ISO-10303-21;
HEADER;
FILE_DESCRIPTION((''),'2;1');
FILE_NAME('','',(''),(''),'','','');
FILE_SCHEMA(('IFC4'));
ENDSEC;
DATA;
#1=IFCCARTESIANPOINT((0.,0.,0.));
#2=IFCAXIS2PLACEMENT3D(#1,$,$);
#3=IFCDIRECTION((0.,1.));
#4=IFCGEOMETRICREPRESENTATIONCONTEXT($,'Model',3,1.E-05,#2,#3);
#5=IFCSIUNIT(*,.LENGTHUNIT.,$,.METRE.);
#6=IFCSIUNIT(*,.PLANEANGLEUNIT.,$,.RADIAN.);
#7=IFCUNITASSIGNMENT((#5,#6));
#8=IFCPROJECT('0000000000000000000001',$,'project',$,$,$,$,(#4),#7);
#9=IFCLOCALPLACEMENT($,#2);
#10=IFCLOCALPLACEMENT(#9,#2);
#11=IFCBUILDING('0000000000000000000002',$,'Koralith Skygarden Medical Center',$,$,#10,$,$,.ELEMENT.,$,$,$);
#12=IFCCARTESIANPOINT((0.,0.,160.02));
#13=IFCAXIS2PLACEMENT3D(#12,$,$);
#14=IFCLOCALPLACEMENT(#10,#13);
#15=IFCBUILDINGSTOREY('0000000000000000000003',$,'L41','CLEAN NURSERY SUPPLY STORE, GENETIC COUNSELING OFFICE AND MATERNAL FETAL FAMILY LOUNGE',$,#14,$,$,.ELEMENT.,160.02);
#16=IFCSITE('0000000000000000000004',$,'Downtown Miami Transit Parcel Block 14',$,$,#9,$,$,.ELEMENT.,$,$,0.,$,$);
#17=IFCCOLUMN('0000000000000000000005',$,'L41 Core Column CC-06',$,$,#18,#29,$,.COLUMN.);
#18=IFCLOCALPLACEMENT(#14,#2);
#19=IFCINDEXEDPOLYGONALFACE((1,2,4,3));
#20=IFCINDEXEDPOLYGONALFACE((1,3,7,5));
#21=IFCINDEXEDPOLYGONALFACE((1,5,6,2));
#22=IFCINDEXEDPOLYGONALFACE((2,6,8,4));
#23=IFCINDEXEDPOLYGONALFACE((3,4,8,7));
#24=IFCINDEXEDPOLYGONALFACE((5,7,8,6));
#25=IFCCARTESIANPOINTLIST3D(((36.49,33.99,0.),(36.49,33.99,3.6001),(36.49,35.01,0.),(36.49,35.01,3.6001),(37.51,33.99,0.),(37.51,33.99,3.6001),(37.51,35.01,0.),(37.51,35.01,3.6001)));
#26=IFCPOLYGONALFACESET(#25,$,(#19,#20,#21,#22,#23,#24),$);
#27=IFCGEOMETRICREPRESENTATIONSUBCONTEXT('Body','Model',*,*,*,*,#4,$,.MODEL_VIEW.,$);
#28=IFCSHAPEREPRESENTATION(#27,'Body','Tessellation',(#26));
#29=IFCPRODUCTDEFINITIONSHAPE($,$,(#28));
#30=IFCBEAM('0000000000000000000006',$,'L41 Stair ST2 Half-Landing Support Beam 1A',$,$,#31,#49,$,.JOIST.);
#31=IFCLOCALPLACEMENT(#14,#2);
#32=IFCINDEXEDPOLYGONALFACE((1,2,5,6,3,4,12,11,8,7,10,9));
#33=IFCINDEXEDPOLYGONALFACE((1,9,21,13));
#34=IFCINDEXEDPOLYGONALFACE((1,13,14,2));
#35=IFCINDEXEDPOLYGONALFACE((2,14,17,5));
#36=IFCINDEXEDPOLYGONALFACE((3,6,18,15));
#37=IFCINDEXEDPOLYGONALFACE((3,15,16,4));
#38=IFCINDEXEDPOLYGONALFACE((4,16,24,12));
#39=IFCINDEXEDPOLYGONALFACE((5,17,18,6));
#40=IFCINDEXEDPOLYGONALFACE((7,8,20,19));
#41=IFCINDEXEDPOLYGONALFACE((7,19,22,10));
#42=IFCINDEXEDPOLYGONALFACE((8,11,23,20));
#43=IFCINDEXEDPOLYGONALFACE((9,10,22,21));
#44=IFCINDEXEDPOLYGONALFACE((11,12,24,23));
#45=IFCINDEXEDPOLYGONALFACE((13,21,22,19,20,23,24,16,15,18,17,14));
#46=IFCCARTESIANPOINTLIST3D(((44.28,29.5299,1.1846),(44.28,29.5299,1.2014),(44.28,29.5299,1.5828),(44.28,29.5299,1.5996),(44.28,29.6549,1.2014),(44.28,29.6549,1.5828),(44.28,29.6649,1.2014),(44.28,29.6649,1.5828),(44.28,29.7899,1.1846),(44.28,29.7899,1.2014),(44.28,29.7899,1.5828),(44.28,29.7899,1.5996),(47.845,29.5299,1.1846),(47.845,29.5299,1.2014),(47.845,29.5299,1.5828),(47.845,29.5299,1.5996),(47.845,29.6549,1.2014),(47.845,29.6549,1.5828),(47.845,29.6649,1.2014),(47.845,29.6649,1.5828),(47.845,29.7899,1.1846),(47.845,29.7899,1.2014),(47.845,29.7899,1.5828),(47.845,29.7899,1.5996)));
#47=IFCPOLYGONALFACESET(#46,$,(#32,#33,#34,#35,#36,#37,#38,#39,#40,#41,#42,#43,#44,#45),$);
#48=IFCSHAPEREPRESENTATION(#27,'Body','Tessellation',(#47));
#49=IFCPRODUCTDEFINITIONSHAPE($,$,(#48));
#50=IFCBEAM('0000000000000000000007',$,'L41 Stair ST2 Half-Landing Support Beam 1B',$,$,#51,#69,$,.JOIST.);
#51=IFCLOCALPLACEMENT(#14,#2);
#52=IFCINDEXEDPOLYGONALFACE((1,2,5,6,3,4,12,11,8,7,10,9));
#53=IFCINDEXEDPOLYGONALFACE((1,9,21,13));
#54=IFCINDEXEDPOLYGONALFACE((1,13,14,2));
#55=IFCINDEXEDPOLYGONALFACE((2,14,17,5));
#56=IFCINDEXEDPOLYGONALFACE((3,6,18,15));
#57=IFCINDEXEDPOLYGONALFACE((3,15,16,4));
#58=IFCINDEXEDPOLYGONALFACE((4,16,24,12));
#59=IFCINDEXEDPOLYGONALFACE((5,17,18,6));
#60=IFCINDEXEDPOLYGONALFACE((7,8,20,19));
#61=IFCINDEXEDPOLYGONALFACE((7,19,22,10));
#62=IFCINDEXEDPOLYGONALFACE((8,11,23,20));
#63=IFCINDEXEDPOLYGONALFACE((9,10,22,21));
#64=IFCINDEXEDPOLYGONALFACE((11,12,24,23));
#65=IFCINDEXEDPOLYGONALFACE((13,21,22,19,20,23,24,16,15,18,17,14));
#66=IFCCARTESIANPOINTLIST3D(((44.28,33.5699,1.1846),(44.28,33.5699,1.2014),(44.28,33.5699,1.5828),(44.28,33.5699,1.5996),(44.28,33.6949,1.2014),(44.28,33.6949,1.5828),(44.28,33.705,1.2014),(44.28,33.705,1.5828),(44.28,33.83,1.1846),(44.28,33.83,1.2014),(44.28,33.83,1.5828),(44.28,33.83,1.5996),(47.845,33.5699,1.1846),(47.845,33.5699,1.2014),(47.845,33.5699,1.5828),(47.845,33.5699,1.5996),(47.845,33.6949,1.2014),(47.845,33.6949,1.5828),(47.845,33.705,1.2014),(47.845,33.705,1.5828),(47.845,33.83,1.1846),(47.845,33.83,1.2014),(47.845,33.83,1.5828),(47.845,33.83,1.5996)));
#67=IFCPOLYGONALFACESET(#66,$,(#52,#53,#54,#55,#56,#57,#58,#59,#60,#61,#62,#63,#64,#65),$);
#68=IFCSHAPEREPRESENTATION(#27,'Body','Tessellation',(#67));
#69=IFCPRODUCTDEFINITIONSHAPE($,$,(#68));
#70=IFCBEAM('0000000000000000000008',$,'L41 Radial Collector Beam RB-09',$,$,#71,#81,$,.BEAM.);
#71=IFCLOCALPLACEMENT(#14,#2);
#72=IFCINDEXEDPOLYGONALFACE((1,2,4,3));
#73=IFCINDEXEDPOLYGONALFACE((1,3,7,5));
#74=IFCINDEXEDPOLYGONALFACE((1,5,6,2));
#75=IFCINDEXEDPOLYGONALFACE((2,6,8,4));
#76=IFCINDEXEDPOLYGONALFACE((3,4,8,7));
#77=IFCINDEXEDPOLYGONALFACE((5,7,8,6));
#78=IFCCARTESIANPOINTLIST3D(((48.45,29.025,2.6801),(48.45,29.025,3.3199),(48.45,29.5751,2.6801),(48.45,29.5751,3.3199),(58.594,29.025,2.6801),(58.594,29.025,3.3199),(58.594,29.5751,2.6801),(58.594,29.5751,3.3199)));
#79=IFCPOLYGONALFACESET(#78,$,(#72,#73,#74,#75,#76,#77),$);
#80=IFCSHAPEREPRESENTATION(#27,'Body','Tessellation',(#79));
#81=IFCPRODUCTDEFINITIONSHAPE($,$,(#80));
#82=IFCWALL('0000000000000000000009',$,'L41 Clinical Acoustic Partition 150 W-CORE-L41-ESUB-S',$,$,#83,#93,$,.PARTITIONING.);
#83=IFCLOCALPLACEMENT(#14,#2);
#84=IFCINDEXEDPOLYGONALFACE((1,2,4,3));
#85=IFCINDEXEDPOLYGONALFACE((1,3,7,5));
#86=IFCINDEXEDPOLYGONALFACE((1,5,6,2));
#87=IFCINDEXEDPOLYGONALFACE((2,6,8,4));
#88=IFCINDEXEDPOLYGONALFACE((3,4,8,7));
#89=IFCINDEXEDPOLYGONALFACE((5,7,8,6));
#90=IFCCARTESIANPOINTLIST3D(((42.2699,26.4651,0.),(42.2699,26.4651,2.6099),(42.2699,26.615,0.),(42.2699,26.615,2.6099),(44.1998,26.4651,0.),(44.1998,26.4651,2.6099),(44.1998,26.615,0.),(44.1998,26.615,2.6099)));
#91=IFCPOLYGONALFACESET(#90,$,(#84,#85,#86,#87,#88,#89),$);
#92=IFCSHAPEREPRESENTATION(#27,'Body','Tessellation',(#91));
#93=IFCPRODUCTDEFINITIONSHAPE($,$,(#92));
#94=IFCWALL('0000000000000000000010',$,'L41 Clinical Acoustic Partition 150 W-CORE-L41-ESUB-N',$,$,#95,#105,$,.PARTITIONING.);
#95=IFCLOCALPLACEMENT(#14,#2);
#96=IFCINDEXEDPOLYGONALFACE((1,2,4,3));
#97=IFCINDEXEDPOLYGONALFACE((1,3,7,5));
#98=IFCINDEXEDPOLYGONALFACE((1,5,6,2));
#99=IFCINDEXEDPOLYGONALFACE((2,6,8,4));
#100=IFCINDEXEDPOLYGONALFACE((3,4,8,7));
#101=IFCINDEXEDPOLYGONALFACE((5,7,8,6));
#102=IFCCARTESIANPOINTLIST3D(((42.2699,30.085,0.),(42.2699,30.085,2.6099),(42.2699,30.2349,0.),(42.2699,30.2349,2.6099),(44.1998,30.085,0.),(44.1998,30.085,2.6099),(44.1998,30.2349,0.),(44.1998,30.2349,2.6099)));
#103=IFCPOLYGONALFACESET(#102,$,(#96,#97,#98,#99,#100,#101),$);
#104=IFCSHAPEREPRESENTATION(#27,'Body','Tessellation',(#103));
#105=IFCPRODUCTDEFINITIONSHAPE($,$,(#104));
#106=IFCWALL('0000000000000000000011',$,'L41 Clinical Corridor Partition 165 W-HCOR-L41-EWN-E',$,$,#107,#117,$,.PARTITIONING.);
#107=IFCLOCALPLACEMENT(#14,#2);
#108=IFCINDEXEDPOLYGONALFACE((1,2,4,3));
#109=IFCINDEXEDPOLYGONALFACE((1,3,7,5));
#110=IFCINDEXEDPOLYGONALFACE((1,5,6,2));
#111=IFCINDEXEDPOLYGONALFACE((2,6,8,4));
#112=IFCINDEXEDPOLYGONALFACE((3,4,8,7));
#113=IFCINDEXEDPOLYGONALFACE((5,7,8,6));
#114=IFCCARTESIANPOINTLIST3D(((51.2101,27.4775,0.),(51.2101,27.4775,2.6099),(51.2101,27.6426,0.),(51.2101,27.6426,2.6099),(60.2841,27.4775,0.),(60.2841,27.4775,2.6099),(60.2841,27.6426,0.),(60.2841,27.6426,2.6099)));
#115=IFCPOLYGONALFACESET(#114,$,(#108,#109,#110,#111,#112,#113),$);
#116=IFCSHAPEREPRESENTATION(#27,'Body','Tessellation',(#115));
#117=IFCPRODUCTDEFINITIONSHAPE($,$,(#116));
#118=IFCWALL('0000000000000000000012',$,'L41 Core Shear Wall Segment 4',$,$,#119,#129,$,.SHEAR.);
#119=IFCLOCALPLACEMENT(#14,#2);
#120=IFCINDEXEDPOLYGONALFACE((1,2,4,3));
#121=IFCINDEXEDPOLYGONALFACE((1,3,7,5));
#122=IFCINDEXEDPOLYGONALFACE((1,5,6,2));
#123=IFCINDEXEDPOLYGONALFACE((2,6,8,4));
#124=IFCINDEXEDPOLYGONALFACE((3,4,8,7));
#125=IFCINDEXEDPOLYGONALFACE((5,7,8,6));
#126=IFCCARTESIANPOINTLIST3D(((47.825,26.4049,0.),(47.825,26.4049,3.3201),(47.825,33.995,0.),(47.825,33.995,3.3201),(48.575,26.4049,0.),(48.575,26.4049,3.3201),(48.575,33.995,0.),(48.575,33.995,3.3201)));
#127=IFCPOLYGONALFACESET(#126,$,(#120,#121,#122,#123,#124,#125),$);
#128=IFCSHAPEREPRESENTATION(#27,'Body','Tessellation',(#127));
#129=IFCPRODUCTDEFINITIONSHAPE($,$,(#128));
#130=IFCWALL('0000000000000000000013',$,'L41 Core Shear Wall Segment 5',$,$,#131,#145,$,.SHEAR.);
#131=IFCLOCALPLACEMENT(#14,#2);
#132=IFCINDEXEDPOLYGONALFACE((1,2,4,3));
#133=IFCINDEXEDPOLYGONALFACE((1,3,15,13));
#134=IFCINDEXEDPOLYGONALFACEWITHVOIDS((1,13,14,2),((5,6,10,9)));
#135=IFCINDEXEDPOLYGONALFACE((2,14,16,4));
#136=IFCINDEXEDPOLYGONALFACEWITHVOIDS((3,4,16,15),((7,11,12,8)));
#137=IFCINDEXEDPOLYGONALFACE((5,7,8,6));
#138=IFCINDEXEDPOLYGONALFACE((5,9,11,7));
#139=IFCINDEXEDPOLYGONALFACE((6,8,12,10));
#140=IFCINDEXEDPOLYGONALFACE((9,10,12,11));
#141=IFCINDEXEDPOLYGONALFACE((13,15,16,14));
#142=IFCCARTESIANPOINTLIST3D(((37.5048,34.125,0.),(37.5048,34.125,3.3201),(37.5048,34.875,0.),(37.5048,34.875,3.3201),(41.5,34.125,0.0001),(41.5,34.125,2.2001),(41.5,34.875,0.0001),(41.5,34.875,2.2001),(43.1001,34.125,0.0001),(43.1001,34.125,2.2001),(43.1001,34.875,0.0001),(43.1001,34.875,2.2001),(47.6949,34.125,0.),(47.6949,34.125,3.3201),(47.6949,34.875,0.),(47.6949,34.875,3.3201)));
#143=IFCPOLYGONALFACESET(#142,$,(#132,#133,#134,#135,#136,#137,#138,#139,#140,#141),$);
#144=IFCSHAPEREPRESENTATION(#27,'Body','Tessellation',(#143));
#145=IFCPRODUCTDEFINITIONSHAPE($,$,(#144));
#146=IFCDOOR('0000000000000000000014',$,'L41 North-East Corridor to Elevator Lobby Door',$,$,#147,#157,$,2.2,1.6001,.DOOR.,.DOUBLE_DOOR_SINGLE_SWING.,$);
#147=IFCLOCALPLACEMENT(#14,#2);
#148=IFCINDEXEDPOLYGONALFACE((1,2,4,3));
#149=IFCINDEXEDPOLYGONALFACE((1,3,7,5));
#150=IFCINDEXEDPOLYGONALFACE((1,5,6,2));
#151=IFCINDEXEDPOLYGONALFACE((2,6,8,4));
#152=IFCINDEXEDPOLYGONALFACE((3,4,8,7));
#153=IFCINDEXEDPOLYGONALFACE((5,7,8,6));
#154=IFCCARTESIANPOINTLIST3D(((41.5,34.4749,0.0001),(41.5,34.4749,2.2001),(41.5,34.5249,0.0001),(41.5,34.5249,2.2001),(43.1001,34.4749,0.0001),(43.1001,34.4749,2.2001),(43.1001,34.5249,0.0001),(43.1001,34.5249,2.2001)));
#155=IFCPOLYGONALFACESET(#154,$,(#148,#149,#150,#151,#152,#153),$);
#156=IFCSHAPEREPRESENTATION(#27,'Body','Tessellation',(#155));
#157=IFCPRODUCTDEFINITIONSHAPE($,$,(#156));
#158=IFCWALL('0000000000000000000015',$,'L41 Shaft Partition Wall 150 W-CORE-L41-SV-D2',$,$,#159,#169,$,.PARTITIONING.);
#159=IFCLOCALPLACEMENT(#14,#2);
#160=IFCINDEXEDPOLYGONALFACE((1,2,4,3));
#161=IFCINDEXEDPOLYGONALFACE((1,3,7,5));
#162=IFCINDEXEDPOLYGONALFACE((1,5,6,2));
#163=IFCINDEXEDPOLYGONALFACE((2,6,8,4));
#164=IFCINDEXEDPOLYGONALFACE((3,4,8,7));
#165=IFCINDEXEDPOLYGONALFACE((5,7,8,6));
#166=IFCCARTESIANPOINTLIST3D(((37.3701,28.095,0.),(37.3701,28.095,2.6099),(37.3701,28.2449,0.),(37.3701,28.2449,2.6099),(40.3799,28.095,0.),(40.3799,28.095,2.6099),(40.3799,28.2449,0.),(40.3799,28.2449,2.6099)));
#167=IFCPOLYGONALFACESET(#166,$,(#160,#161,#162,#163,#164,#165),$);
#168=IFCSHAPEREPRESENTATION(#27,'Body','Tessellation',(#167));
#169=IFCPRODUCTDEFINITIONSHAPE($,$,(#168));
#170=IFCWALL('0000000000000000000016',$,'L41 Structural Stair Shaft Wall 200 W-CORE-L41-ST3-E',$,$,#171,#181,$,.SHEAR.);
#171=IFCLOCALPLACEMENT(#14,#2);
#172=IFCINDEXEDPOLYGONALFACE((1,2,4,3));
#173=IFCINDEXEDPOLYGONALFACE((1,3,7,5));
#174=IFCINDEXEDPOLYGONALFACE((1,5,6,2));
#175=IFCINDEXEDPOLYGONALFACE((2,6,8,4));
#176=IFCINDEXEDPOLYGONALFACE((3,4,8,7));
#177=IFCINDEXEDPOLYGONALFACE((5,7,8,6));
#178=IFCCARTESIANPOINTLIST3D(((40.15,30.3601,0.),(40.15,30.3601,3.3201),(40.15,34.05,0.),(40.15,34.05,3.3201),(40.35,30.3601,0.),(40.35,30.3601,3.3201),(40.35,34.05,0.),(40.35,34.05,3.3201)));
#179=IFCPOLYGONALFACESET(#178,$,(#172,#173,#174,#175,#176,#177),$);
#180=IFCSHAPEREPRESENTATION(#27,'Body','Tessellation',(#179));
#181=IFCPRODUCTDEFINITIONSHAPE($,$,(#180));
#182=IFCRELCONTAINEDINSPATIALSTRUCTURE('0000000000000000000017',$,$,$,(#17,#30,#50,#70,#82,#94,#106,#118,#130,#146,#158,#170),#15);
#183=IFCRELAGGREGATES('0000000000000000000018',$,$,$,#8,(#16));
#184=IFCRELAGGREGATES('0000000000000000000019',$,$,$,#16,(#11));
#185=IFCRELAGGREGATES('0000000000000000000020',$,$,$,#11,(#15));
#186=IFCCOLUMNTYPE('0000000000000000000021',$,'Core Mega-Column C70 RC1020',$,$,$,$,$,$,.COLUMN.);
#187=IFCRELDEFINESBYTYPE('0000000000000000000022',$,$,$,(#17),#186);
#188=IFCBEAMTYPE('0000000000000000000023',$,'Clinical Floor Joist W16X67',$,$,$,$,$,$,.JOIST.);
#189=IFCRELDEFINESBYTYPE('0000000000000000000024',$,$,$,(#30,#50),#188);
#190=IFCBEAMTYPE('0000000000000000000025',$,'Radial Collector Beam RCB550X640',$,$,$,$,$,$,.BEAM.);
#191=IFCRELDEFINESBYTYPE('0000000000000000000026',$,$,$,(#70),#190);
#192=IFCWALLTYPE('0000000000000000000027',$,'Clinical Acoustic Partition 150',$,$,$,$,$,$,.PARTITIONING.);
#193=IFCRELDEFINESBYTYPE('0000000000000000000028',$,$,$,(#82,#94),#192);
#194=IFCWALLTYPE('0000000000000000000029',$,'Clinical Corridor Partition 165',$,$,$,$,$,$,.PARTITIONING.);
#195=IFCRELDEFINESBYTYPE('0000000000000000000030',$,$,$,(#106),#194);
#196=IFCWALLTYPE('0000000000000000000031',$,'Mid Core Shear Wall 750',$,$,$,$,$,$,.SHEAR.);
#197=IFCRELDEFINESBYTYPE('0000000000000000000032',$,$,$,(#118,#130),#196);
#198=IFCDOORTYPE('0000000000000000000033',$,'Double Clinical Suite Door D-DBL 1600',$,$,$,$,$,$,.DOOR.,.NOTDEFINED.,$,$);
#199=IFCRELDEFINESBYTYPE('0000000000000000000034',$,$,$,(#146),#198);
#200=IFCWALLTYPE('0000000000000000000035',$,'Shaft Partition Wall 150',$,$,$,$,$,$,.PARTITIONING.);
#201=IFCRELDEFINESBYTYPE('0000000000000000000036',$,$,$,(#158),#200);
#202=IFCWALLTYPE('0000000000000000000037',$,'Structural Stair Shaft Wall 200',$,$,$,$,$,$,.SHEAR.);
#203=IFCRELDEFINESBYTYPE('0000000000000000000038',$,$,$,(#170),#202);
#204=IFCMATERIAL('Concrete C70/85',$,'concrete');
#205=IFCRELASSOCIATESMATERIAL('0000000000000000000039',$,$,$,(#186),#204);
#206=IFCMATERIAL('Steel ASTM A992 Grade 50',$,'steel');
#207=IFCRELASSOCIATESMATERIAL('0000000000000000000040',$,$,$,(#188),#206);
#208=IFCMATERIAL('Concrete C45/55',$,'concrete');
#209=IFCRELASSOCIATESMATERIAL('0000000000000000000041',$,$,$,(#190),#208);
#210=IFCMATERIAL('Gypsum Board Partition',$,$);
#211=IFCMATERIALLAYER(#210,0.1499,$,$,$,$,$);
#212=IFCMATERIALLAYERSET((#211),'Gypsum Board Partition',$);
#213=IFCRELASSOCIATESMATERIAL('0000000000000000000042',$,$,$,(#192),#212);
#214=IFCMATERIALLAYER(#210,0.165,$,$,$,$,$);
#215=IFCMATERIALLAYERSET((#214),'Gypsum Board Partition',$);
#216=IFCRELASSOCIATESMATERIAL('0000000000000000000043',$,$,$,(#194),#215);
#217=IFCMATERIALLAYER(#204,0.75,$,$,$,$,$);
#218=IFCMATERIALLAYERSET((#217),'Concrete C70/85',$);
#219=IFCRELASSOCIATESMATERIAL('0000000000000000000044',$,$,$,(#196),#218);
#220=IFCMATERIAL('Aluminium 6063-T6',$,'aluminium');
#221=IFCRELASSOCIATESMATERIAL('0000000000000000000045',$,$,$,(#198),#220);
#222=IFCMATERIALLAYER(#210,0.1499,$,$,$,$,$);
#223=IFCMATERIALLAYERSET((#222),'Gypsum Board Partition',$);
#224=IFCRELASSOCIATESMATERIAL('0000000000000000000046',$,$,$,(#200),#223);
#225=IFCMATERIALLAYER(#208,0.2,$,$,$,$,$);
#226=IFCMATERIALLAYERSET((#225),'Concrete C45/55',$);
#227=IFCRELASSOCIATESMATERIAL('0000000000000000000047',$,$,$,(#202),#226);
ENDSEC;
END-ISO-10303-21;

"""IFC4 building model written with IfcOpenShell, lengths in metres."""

from ifc_helpers import new_model, si_unit, direction, frame, frame_2d, origin, origin_2d, place, context, subcontext, project, spatial, rectangle, i_section, extrude, material, layer, layer_set, material_profile, profile_set, type_object, element, fill, save


model = new_model("IFC4")

# Units and contexts
model_context = context("Model", 3, precision=1e-05, world=origin(), true_north=direction((0.0, 1.0)))
body_context = subcontext(model_context, "Body", "Model", "MODEL_VIEW")
ifc_project = project(units=[si_unit("LENGTHUNIT", "METRE"), si_unit("PLANEANGLEUNIT", "RADIAN")], contexts=[model_context])

# Site, building, storey
site_placement = place(None, origin())
site = spatial("IfcSite", under=ifc_project, at=site_placement, Name="Downtown Miami Transit Parcel Block 14", CompositionType="ELEMENT", RefElevation=0.0)
building_placement = place(site_placement, origin())
building = spatial("IfcBuilding", under=site, at=building_placement, Name="Koralith Skygarden Medical Center", CompositionType="ELEMENT")
storey_placement = place(building_placement, frame((0.0, 0.0, 160.02)))
storey = spatial("IfcBuildingStorey", under=building, at=storey_placement, Name="L41", Description="CLEAN NURSERY SUPPLY STORE, GENETIC COUNSELING OFFICE AND MATERNAL FETAL FAMILY LOUNGE", CompositionType="ELEMENT", Elevation=160.02)

# Column
ifc_material_1 = material(Name="Concrete C70/85", Category="concrete")
ifc_material_profile_1 = material_profile(ifc_material_1, rectangle(XDim=1.02, YDim=1.02, at=origin_2d()), Name="RC1020X1020")
ifc_profile_set_1 = profile_set([ifc_material_profile_1], Name="Concrete C70/85")
column_type = type_object("IfcColumnType", Name="Core Mega-Column C70 RC1020", PredefinedType="COLUMN", material=ifc_profile_set_1)
column_placement = place(storey_placement, frame((37.0, 34.5, 0.0), z_axis=(0.0, 0.0, 1.0), x_axis=(1.0, 0.0, 0.0)))
element("IfcColumn", 1, at=column_placement, inside=storey, type_object=column_type, Name="L41 Core Column CC-06", PredefinedType="COLUMN", context=body_context, shape_type="SweptSolid", body=[
    extrude(rectangle(XDim=1.02, YDim=1.02, at=origin_2d()), origin(), (0.0, 0.0, 1.0), 3.6001),
])

# Beams
ifc_material_2 = material(Name="Steel ASTM A992 Grade 50", Category="steel")
ifc_material_profile_2 = material_profile(ifc_material_2, i_section(OverallWidth=0.26, OverallDepth=0.415, WebThickness=0.01, FlangeThickness=0.0168, at=origin_2d()), Name="W16X67")
ifc_profile_set_2 = profile_set([ifc_material_profile_2], Name="Steel ASTM A992 Grade 50")
beam_type_1 = type_object("IfcBeamType", Name="Clinical Floor Joist W16X67", PredefinedType="JOIST", material=ifc_profile_set_2)
for number, where, z_axis, x_axis, name in (
    (2, (44.28, 29.6599, 1.3921), (1.0, 0.0, 0.0), (0.0, 1.0, 0.0), "L41 Stair ST2 Half-Landing Support Beam 1A"),
    (3, (44.28, 33.7, 1.3921), (1.0, 0.0, 0.0), (0.0, 1.0, 0.0), "L41 Stair ST2 Half-Landing Support Beam 1B"),
):
    element("IfcBeam", number, at=place(storey_placement, frame(where, z_axis=z_axis, x_axis=x_axis)), inside=storey, type_object=beam_type_1, Name=name, PredefinedType="JOIST", context=body_context, shape_type="SweptSolid", body=[
        extrude(i_section(OverallWidth=0.26, OverallDepth=0.415, WebThickness=0.01, FlangeThickness=0.0168, at=origin_2d()), origin(), (0.0, 0.0, 1.0), 3.5649),
    ])
ifc_material_3 = material(Name="Concrete C45/55", Category="concrete")
ifc_material_profile_3 = material_profile(ifc_material_3, rectangle(XDim=0.55, YDim=0.6399, at=origin_2d()), Name="RCB550X640")
ifc_profile_set_3 = profile_set([ifc_material_profile_3], Name="Concrete C45/55")
beam_type_2 = type_object("IfcBeamType", Name="Radial Collector Beam RCB550X640", PredefinedType="BEAM", material=ifc_profile_set_3)
beam_placement = place(storey_placement, frame((48.45, 29.3, 3.0), z_axis=(1.0, 0.0, 0.0), x_axis=(0.0, 1.0, 0.0)))
element("IfcBeam", 4, at=beam_placement, inside=storey, type_object=beam_type_2, Name="L41 Radial Collector Beam RB-09", PredefinedType="BEAM", context=body_context, shape_type="SweptSolid", body=[
    extrude(rectangle(XDim=0.55, YDim=0.6399, at=origin_2d()), origin(), (0.0, 0.0, 1.0), 10.144),
])

# Shared definitions
ifc_material_4 = material(Name="Gypsum Board Partition")
ifc_layer_1 = layer(ifc_material_4, 0.1499)
ifc_layer_set_1 = layer_set([ifc_layer_1], Name="Gypsum Board Partition")
wall_type_1 = type_object("IfcWallType", Name="Clinical Acoustic Partition 150", PredefinedType="PARTITIONING", material=ifc_layer_set_1)
ifc_material_5 = material(Name="Aluminium 6063-T6", Category="aluminium")

# Walls
for number, where, z_axis, x_axis, name in (
    (5, (42.27, 26.54, 0.0), (0.0, 0.0, 1.0), (1.0, 0.0, 0.0), "L41 Clinical Acoustic Partition 150 W-CORE-L41-ESUB-S"),
    (6, (42.27, 30.1599, 0.0), (0.0, 0.0, 1.0), (1.0, 0.0, 0.0), "L41 Clinical Acoustic Partition 150 W-CORE-L41-ESUB-N"),
):
    element("IfcWall", number, at=place(storey_placement, frame(where, z_axis=z_axis, x_axis=x_axis)), inside=storey, type_object=wall_type_1, Name=name, PredefinedType="PARTITIONING", context=body_context, shape_type="SweptSolid", body=[
        extrude(rectangle(XDim=1.9299, YDim=0.1499, at=frame_2d((0.9648, 0.0))), origin(), (0.0, 0.0, 1.0), 2.6099),
    ])
ifc_layer_2 = layer(ifc_material_4, 0.165)
ifc_layer_set_2 = layer_set([ifc_layer_2], Name="Gypsum Board Partition")
wall_type_2 = type_object("IfcWallType", Name="Clinical Corridor Partition 165", PredefinedType="PARTITIONING", material=ifc_layer_set_2)
wall_1_placement = place(storey_placement, frame((51.21, 27.5601, 0.0), z_axis=(0.0, 0.0, 1.0), x_axis=(1.0, 0.0, 0.0)))
element("IfcWall", 7, at=wall_1_placement, inside=storey, type_object=wall_type_2, Name="L41 Clinical Corridor Partition 165 W-HCOR-L41-EWN-E", PredefinedType="PARTITIONING", context=body_context, shape_type="SweptSolid", body=[
    extrude(rectangle(XDim=9.074, YDim=0.165, at=frame_2d((4.5371, 0.0))), origin(), (0.0, 0.0, 1.0), 2.6099),
])
ifc_layer_3 = layer(ifc_material_1, 0.75)
ifc_layer_set_3 = layer_set([ifc_layer_3], Name="Concrete C70/85")
wall_type_3 = type_object("IfcWallType", Name="Mid Core Shear Wall 750", PredefinedType="SHEAR", material=ifc_layer_set_3)
wall_2_placement = place(storey_placement, frame((48.2, 26.405, 0.0), z_axis=(0.0, 0.0, 1.0), x_axis=(0.0, 1.0, 0.0)))
element("IfcWall", 8, at=wall_2_placement, inside=storey, type_object=wall_type_3, Name="L41 Core Shear Wall Segment 4", PredefinedType="SHEAR", context=body_context, shape_type="SweptSolid", body=[
    extrude(rectangle(XDim=7.5901, YDim=0.75, at=frame_2d((3.7949, 0.0))), origin(), (0.0, 0.0, 1.0), 3.3201),
])

# Wall, opening, door
wall_3_placement = place(storey_placement, frame((47.6951, 34.5, 0.0), z_axis=(0.0, 0.0, 1.0), x_axis=(-1.0, 0.0, 0.0)))
wall_3 = element("IfcWall", 9, at=wall_3_placement, inside=storey, type_object=wall_type_3, Name="L41 Core Shear Wall Segment 5", PredefinedType="SHEAR", context=body_context, shape_type="SweptSolid", body=[
    extrude(rectangle(XDim=10.1902, YDim=0.75, at=frame_2d((5.0952, 0.0))), origin(), (0.0, 0.0, 1.0), 3.3201),
])
opening_1_placement = place(wall_3_placement, frame((4.595, 0.0, 0.0)))
opening_1 = element("IfcOpeningElement", 10, at=opening_1_placement, cuts=wall_3, PredefinedType="OPENING", context=body_context, shape_type="SweptSolid", body=[
    extrude(rectangle(XDim=1.6001, YDim=2.2, at=frame_2d((0.8, 1.1001))), frame((0.0, 0.385, 0.0), z_axis=(0.0, -1.0, 0.0), x_axis=(1.0, 0.0, 0.0)), (0.0, 0.0, 1.0), 0.77),
])
door_type_1 = type_object("IfcDoorType", Name="Double Clinical Suite Door D-DBL 1600", OperationType="NOTDEFINED", PredefinedType="DOOR", material=ifc_material_5)
door_1_placement = place(opening_1_placement, frame((1.6001, 0.0, 0.0), z_axis=(0.0, 0.0, 1.0), x_axis=(-1.0, 0.0, 0.0)))
door_1 = element("IfcDoor", 11, at=door_1_placement, inside=storey, type_object=door_type_1, Name="L41 North-East Corridor to Elevator Lobby Door", OperationType="DOUBLE_DOOR_SINGLE_SWING", OverallHeight=2.2, OverallWidth=1.6001, PredefinedType="DOOR", context=body_context, shape_type="SweptSolid", body=[
    extrude(rectangle(XDim=1.6001, YDim=2.2, at=frame_2d((0.8, 1.1001))), frame((0.0, 0.0249, 0.0), z_axis=(0.0, -1.0, 0.0), x_axis=(1.0, 0.0, 0.0)), (0.0, 0.0, 1.0), 0.05),
])
fill(opening_1, door_1)

# Walls
ifc_layer_4 = layer(ifc_material_4, 0.1499)
ifc_layer_set_4 = layer_set([ifc_layer_4], Name="Gypsum Board Partition")
wall_type_4 = type_object("IfcWallType", Name="Shaft Partition Wall 150", PredefinedType="PARTITIONING", material=ifc_layer_set_4)
wall_4_placement = place(storey_placement, frame((37.3701, 28.1699, 0.0), z_axis=(0.0, 0.0, 1.0), x_axis=(1.0, 0.0, 0.0)))
element("IfcWall", 12, at=wall_4_placement, inside=storey, type_object=wall_type_4, Name="L41 Shaft Partition Wall 150 W-CORE-L41-SV-D2", PredefinedType="PARTITIONING", context=body_context, shape_type="SweptSolid", body=[
    extrude(rectangle(XDim=3.0098, YDim=0.1499, at=frame_2d((1.5049, 0.0))), origin(), (0.0, 0.0, 1.0), 2.6099),
])
ifc_layer_5 = layer(ifc_material_3, 0.2)
ifc_layer_set_5 = layer_set([ifc_layer_5], Name="Concrete C45/55")
wall_type_5 = type_object("IfcWallType", Name="Structural Stair Shaft Wall 200", PredefinedType="SHEAR", material=ifc_layer_set_5)
wall_5_placement = place(storey_placement, frame((40.25, 30.3601, 0.0), z_axis=(0.0, 0.0, 1.0), x_axis=(0.0, 1.0, 0.0)))
element("IfcWall", 13, at=wall_5_placement, inside=storey, type_object=wall_type_5, Name="L41 Structural Stair Shaft Wall 200 W-CORE-L41-ST3-E", PredefinedType="SHEAR", context=body_context, shape_type="SweptSolid", body=[
    extrude(rectangle(XDim=3.6899, YDim=0.2, at=frame_2d((1.845, 0.0))), origin(), (0.0, 0.0, 1.0), 3.3201),
])

save(model, "model.ifc")
